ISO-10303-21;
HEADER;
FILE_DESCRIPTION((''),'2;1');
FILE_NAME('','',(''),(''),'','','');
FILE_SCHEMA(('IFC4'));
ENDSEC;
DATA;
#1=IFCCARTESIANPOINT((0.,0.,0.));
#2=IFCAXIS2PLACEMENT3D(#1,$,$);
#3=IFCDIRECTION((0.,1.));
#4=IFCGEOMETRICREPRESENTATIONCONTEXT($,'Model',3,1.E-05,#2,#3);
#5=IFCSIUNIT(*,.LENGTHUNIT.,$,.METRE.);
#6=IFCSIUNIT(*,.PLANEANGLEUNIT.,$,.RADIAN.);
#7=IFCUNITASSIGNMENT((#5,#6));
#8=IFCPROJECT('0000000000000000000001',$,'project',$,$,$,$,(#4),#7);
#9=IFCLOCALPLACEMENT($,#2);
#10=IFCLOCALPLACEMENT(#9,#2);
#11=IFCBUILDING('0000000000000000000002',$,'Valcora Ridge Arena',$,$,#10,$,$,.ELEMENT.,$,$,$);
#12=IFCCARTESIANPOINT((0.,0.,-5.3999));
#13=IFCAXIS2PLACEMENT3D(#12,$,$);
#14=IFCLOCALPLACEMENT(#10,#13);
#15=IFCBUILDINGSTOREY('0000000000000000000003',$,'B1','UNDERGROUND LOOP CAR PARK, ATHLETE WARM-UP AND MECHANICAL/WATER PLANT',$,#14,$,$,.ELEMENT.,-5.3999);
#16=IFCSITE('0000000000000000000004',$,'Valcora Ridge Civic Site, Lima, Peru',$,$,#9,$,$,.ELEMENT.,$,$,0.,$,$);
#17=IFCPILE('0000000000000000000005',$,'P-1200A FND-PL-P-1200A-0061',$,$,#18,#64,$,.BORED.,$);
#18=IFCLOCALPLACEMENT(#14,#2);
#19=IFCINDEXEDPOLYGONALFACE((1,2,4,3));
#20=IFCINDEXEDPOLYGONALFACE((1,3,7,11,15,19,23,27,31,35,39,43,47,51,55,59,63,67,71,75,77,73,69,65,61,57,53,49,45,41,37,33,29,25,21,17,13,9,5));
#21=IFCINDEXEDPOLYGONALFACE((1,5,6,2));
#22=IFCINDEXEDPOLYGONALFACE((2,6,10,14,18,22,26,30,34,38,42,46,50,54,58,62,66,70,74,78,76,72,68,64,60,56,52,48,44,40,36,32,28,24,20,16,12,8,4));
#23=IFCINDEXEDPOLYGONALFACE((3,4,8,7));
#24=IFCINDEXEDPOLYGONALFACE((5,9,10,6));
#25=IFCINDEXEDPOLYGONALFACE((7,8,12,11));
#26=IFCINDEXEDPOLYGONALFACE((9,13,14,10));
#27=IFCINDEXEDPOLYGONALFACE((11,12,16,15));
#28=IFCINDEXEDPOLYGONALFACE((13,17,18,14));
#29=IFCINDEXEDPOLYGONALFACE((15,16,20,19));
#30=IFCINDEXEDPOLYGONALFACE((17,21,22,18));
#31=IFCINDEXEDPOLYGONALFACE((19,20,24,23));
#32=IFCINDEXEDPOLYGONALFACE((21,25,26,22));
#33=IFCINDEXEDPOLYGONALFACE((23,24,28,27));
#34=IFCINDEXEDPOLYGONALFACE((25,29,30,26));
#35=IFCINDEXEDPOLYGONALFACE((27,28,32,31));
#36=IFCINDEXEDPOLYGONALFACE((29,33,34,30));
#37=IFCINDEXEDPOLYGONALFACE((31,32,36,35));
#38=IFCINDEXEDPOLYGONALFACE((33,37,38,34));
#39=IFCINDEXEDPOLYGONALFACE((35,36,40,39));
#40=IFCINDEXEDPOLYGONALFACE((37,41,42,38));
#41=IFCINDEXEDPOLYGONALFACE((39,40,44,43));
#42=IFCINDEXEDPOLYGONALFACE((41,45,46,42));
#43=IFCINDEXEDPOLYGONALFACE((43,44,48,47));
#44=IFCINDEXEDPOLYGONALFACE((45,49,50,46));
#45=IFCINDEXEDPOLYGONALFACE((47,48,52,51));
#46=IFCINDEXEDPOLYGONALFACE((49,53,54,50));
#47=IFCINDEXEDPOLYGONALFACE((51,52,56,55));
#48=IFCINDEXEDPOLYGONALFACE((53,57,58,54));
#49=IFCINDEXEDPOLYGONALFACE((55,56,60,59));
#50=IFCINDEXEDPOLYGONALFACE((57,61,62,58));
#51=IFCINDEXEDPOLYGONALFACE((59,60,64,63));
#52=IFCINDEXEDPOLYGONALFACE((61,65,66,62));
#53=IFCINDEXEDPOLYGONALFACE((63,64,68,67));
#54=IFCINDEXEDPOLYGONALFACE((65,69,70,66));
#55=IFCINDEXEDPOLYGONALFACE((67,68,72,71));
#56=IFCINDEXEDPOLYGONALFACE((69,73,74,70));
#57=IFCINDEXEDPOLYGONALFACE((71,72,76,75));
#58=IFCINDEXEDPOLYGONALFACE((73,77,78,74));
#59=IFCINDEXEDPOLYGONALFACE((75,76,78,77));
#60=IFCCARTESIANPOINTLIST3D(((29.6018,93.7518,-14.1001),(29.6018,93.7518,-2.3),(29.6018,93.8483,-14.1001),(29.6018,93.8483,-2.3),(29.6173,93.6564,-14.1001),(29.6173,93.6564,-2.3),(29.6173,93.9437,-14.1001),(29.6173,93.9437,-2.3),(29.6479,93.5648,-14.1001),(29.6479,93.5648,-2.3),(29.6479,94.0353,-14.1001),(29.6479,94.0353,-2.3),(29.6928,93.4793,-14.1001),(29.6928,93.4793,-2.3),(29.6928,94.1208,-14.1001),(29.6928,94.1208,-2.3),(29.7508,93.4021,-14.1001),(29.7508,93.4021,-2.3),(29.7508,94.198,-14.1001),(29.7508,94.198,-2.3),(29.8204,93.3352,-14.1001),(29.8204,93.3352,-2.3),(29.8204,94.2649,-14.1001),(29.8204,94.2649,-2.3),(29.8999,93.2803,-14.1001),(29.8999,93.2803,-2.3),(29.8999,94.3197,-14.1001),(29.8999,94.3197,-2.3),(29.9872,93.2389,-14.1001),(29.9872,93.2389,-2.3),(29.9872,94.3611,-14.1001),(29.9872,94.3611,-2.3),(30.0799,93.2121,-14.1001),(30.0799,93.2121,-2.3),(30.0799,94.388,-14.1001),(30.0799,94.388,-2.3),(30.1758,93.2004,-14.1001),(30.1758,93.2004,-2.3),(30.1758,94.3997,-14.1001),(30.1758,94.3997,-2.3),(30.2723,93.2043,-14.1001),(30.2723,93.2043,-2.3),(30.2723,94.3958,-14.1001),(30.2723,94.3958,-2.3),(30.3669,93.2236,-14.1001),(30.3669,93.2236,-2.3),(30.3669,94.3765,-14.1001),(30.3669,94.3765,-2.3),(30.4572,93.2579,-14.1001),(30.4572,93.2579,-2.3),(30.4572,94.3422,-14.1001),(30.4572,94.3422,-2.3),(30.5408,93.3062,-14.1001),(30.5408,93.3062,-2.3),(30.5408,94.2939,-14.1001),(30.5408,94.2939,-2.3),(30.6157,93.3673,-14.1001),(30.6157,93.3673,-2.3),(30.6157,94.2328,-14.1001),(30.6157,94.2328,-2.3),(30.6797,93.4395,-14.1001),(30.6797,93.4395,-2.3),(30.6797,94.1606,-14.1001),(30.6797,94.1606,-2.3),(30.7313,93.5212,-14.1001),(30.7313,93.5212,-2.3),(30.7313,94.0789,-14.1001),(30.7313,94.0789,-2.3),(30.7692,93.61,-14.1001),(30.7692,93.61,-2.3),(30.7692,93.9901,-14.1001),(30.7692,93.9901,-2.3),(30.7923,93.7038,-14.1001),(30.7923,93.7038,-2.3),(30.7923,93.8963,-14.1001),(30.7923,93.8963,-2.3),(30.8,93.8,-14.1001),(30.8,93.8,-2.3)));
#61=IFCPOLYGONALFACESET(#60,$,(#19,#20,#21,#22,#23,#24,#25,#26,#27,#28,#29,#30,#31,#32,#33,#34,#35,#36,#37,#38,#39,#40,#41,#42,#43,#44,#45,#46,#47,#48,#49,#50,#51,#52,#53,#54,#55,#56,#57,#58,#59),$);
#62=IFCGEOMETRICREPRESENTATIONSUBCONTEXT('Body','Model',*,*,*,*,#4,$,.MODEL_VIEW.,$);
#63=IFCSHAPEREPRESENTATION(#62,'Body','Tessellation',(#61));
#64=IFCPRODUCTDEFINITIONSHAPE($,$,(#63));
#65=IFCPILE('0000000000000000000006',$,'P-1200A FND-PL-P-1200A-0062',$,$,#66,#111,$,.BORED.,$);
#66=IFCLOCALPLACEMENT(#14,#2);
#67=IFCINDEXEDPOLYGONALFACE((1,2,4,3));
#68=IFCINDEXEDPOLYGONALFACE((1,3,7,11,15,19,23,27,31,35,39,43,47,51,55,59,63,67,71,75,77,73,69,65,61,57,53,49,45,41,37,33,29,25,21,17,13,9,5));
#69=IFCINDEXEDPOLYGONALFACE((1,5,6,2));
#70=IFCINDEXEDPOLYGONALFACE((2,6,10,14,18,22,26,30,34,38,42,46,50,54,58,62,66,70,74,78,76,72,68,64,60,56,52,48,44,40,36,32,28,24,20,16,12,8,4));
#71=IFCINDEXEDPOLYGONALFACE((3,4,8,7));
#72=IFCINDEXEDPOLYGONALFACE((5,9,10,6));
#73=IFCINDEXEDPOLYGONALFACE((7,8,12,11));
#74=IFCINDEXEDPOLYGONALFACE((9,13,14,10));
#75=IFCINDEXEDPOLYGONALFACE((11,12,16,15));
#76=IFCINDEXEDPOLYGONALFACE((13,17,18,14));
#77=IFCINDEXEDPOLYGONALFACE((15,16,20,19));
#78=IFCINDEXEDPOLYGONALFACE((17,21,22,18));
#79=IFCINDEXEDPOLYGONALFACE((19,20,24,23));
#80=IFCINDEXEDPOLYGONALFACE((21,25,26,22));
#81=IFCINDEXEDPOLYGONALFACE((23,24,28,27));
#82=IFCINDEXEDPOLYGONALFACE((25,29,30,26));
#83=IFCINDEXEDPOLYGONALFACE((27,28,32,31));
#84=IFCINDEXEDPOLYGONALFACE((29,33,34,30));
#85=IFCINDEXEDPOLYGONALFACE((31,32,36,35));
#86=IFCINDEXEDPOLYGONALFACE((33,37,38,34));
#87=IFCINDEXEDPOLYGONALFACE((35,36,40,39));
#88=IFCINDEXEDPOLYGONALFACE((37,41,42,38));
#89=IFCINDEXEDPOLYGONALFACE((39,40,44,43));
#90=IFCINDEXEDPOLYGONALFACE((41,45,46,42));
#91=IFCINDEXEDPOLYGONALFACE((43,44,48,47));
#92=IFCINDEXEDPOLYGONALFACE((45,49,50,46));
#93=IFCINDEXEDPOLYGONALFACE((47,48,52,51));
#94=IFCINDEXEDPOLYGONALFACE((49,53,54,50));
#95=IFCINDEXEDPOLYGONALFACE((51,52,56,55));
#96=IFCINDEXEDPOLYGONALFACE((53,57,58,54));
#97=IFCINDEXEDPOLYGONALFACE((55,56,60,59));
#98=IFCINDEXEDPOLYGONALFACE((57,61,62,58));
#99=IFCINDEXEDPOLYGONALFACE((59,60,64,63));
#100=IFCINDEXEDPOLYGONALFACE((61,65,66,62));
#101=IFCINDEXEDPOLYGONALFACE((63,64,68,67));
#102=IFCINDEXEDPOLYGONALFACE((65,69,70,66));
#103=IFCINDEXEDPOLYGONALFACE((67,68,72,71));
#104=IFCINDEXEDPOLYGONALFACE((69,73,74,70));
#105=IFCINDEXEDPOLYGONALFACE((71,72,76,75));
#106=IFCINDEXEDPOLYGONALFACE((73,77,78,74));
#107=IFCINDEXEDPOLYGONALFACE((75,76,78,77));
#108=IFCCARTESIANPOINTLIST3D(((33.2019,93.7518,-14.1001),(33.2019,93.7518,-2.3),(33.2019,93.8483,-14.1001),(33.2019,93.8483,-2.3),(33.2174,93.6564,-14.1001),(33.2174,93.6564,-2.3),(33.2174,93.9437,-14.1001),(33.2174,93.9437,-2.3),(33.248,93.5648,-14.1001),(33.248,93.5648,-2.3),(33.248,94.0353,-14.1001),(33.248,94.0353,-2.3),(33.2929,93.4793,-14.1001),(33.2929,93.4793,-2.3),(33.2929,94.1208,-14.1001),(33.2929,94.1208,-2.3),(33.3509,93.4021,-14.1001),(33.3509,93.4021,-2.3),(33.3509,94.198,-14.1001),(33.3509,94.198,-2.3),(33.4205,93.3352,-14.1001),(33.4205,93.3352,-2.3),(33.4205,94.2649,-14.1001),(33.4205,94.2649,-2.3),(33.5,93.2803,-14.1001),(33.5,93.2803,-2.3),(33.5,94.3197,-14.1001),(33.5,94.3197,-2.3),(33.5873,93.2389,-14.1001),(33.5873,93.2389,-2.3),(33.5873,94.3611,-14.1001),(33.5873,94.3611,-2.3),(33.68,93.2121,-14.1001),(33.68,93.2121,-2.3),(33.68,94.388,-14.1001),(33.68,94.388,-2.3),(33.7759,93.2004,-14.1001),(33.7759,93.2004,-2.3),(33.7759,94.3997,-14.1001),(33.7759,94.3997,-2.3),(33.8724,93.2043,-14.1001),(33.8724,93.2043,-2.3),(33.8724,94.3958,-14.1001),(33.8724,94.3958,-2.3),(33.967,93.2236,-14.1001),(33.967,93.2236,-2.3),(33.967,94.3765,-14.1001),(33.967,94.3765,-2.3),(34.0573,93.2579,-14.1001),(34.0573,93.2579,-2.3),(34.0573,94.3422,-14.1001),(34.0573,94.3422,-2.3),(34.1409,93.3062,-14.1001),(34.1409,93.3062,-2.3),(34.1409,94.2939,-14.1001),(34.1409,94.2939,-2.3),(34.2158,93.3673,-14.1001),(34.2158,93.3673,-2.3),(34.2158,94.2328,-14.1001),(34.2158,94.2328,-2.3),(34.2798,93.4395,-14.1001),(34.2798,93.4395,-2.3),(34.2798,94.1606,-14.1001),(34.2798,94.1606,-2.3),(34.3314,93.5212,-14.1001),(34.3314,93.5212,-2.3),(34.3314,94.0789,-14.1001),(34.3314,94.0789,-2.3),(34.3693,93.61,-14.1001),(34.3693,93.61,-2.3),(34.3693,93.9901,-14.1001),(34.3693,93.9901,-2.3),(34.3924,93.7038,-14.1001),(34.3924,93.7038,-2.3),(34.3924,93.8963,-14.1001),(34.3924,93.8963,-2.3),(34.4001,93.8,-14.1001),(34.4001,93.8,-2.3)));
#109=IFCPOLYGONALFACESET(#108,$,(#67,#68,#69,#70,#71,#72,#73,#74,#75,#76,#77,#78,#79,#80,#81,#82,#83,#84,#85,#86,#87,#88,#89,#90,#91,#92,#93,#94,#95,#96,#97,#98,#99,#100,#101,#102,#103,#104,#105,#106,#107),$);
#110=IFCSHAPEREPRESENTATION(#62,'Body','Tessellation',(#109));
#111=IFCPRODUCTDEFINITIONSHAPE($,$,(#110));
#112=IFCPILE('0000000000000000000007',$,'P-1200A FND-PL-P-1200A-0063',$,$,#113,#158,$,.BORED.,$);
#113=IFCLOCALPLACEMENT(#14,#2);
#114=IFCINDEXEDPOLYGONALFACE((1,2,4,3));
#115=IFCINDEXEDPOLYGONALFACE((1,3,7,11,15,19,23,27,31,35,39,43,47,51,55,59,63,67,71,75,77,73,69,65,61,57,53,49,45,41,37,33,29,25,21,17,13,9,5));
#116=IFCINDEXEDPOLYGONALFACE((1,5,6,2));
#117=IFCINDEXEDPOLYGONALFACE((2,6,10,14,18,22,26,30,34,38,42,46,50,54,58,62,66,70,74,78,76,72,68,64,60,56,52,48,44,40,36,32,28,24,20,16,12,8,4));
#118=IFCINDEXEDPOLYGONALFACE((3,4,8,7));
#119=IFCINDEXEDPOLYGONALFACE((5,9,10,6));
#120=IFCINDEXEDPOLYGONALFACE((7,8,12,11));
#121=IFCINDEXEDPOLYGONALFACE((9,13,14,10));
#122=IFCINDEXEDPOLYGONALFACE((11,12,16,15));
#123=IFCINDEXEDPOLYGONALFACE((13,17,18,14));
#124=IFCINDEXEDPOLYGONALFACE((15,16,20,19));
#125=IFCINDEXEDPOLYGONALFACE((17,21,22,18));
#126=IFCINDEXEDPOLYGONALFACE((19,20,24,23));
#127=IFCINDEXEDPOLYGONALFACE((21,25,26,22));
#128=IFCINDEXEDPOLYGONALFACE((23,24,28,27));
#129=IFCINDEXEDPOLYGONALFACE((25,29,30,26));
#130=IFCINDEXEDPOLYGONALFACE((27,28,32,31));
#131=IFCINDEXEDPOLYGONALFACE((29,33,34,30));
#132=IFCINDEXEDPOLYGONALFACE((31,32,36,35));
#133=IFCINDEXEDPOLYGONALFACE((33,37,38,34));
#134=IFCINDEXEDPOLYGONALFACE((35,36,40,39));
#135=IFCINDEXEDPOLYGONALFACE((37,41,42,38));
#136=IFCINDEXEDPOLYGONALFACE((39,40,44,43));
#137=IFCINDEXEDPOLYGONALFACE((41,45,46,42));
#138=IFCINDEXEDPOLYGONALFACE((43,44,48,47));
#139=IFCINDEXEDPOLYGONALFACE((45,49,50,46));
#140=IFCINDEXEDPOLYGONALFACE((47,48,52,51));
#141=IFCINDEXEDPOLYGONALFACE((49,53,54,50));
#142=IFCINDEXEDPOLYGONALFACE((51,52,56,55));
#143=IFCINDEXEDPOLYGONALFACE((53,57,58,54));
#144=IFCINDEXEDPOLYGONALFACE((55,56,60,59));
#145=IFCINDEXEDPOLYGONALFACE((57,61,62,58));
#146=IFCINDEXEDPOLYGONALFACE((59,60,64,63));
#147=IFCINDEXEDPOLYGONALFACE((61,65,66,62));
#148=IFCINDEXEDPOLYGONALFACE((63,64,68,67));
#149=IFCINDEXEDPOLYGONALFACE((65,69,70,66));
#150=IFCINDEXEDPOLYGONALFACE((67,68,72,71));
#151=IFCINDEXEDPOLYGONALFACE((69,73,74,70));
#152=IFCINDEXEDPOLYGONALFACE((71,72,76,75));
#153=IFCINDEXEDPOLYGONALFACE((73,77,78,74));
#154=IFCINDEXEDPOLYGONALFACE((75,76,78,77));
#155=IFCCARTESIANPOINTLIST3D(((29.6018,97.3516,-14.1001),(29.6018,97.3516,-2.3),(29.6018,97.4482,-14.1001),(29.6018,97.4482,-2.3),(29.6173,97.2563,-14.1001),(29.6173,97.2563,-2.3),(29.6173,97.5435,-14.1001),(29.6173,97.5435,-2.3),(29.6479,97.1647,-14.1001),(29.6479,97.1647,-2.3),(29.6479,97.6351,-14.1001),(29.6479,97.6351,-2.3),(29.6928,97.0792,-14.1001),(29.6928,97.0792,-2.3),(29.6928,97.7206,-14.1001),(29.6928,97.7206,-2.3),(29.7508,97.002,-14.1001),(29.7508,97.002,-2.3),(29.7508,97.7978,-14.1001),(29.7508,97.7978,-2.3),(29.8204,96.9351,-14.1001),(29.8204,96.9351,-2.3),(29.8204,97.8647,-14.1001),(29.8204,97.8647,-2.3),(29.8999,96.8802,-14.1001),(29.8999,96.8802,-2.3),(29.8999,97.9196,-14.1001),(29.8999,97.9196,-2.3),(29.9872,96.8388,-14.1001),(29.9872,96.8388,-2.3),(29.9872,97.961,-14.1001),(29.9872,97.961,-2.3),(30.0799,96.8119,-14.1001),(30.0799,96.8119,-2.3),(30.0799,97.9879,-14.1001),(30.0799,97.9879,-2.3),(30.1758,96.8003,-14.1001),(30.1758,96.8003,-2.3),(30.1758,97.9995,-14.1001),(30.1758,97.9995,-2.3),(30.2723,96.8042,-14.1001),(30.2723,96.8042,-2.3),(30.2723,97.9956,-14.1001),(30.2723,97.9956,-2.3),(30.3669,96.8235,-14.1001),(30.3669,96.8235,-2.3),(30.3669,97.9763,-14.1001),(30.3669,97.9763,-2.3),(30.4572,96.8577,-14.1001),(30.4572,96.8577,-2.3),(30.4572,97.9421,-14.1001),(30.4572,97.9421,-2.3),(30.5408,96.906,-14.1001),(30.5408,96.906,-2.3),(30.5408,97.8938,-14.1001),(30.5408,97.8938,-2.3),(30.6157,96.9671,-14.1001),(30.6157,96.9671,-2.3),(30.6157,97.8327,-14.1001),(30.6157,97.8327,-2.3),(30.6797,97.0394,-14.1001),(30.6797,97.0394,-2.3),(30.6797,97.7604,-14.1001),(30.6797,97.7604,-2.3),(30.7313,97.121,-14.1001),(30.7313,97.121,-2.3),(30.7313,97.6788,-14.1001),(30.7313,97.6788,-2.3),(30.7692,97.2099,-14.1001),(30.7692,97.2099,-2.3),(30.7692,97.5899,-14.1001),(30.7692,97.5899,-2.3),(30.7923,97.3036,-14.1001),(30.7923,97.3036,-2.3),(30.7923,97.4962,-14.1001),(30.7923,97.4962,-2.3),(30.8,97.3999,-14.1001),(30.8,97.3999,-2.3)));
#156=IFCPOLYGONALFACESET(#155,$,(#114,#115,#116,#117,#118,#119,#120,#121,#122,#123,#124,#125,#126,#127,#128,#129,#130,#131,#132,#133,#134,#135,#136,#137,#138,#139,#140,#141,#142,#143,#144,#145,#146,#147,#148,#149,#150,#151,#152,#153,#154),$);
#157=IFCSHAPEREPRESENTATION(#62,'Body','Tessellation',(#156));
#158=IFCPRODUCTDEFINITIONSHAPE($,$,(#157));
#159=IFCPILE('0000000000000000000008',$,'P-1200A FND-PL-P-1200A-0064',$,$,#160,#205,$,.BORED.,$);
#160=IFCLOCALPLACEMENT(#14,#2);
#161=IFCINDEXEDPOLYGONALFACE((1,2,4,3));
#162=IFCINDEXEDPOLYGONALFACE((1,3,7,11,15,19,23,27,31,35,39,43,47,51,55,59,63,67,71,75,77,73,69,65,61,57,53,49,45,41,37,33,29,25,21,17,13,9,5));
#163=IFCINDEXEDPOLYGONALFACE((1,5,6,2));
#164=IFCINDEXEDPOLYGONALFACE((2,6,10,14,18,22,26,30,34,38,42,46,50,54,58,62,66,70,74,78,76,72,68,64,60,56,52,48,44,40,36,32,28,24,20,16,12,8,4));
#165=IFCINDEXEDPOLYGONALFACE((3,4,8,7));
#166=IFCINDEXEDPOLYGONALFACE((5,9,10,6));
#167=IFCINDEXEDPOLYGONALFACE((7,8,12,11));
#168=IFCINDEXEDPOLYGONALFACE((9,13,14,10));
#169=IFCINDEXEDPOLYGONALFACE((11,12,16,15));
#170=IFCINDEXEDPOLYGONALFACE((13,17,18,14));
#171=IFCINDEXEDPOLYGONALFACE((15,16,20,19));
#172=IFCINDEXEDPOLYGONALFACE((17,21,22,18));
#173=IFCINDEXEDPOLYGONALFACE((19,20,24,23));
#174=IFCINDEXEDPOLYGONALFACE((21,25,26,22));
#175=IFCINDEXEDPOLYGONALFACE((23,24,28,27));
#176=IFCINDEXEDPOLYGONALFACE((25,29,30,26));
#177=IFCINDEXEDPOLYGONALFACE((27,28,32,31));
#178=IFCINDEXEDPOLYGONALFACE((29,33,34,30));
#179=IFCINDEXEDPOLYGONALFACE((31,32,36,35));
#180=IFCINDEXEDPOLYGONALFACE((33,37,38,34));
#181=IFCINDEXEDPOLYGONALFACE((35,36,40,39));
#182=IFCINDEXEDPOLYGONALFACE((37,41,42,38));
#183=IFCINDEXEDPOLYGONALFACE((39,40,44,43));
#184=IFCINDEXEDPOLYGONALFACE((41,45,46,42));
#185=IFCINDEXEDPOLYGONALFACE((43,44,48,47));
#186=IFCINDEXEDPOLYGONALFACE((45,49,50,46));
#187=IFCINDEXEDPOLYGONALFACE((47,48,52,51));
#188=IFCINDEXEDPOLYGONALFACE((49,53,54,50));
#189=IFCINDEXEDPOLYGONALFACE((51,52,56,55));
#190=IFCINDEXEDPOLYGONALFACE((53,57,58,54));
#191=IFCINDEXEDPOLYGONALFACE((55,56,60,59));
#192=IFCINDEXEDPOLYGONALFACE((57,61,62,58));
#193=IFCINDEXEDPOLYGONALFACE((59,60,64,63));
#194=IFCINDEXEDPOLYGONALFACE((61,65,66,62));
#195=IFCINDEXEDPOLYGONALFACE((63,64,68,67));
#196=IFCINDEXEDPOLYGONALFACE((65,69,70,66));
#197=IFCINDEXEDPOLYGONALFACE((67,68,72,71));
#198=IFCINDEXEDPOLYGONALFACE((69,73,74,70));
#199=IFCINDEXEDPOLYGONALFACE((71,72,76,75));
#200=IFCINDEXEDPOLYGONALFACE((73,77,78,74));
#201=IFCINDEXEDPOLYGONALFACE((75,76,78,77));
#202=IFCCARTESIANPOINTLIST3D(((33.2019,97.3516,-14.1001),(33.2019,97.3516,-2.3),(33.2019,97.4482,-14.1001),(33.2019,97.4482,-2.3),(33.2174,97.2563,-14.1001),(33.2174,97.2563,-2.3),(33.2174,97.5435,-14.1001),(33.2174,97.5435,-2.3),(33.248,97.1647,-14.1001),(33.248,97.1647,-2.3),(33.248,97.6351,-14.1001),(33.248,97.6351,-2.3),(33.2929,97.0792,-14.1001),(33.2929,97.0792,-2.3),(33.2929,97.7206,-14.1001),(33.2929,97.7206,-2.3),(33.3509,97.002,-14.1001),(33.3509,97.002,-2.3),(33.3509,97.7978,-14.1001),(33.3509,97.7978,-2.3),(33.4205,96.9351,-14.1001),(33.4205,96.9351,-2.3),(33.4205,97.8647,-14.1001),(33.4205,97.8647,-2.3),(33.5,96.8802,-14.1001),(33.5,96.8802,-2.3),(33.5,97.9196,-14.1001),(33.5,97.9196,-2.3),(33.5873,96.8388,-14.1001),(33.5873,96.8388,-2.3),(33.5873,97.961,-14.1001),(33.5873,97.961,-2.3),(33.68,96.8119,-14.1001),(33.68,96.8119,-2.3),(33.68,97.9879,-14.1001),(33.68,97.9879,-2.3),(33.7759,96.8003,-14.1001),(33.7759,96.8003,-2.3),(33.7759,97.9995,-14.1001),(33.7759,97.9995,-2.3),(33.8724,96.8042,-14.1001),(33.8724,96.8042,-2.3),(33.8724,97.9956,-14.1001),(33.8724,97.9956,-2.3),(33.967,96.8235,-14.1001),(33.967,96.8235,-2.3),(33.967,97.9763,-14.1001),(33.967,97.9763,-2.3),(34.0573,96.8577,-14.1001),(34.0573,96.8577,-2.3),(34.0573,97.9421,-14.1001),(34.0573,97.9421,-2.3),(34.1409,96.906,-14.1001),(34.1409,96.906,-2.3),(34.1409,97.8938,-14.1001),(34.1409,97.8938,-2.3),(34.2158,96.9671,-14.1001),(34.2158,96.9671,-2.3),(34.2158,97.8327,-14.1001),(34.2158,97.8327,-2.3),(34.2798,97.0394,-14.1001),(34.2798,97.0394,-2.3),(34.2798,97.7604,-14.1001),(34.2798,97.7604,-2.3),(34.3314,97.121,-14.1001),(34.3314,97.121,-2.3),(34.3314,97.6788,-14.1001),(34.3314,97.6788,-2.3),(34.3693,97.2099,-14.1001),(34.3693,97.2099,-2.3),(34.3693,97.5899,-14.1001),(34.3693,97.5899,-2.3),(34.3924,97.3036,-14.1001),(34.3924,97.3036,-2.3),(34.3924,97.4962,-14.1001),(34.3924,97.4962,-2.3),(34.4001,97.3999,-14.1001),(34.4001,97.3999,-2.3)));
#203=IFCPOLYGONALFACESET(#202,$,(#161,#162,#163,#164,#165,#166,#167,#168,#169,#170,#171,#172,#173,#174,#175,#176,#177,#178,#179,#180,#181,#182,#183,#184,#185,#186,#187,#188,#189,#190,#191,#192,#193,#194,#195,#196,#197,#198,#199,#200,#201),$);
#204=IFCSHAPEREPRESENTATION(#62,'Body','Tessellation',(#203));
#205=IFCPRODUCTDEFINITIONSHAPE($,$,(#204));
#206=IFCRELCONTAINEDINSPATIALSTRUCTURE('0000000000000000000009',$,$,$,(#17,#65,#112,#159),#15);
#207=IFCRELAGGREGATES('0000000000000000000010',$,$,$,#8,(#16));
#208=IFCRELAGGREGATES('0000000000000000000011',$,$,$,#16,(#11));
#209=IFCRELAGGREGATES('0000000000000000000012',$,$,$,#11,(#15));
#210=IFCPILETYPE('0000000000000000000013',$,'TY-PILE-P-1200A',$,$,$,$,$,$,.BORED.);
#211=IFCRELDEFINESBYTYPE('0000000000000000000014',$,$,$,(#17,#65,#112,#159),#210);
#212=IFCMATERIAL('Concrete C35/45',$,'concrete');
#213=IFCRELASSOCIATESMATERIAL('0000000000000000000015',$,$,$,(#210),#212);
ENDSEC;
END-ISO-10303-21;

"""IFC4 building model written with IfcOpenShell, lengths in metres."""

from ifc_helpers import new_model, si_unit, direction, frame, origin, origin_2d, place, context, subcontext, project, spatial, circle, extrude, material, material_profile, profile_set, type_object, element, save


model = new_model("IFC4")

# Units and contexts
model_context = context("Model", 3, precision=1e-05, world=origin(), true_north=direction((0.0, 1.0)))
body_context = subcontext(model_context, "Body", "Model", "MODEL_VIEW")
ifc_project = project(units=[si_unit("LENGTHUNIT", "METRE"), si_unit("PLANEANGLEUNIT", "RADIAN")], contexts=[model_context])

# Site, building, storey
site_placement = place(None, origin())
site = spatial("IfcSite", under=ifc_project, at=site_placement, Name="Valcora Ridge Civic Site, Lima, Peru", CompositionType="ELEMENT", RefElevation=0.0)
building_placement = place(site_placement, origin())
building = spatial("IfcBuilding", under=site, at=building_placement, Name="Valcora Ridge Arena", CompositionType="ELEMENT")
storey_placement = place(building_placement, frame((0.0, 0.0, -5.3999)))
storey = spatial("IfcBuildingStorey", under=building, at=storey_placement, Name="B1", Description="UNDERGROUND LOOP CAR PARK, ATHLETE WARM-UP AND MECHANICAL/WATER PLANT", CompositionType="ELEMENT", Elevation=-5.3999)

# Piles
ifc_material_1 = material(Name="Concrete C35/45", Category="concrete")
ifc_material_profile_1 = material_profile(ifc_material_1, circle(Radius=0.6001, at=origin_2d()), Name="BORED PILE D1200")
ifc_profile_set_1 = profile_set([ifc_material_profile_1], Name="Concrete C35/45")
pile_type_1 = type_object("IfcPileType", Name="TY-PILE-P-1200A", PredefinedType="BORED", material=ifc_profile_set_1)
for number, where, z_axis, x_axis, name in (
    (1, (30.2, 93.8, -2.3), (0.0, 0.0, -1.0), (1.0, 0.0, 0.0), "P-1200A FND-PL-P-1200A-0061"),
    (2, (33.8, 93.8, -2.3), (0.0, 0.0, -1.0), (1.0, 0.0, 0.0), "P-1200A FND-PL-P-1200A-0062"),
    (3, (30.2, 97.3999, -2.3), (0.0, 0.0, -1.0), (1.0, 0.0, 0.0), "P-1200A FND-PL-P-1200A-0063"),
    (4, (33.8, 97.3999, -2.3), (0.0, 0.0, -1.0), (1.0, 0.0, 0.0), "P-1200A FND-PL-P-1200A-0064"),
):
    element("IfcPile", number, at=place(storey_placement, frame(where, z_axis=z_axis, x_axis=x_axis)), inside=storey, type_object=pile_type_1, Name=name, PredefinedType="BORED", context=body_context, shape_type="SweptSolid", body=[
        extrude(circle(Radius=0.6001, at=origin_2d()), origin(), (0.0, 0.0, 1.0), 11.8),
    ])

save(model, "model.ifc")
